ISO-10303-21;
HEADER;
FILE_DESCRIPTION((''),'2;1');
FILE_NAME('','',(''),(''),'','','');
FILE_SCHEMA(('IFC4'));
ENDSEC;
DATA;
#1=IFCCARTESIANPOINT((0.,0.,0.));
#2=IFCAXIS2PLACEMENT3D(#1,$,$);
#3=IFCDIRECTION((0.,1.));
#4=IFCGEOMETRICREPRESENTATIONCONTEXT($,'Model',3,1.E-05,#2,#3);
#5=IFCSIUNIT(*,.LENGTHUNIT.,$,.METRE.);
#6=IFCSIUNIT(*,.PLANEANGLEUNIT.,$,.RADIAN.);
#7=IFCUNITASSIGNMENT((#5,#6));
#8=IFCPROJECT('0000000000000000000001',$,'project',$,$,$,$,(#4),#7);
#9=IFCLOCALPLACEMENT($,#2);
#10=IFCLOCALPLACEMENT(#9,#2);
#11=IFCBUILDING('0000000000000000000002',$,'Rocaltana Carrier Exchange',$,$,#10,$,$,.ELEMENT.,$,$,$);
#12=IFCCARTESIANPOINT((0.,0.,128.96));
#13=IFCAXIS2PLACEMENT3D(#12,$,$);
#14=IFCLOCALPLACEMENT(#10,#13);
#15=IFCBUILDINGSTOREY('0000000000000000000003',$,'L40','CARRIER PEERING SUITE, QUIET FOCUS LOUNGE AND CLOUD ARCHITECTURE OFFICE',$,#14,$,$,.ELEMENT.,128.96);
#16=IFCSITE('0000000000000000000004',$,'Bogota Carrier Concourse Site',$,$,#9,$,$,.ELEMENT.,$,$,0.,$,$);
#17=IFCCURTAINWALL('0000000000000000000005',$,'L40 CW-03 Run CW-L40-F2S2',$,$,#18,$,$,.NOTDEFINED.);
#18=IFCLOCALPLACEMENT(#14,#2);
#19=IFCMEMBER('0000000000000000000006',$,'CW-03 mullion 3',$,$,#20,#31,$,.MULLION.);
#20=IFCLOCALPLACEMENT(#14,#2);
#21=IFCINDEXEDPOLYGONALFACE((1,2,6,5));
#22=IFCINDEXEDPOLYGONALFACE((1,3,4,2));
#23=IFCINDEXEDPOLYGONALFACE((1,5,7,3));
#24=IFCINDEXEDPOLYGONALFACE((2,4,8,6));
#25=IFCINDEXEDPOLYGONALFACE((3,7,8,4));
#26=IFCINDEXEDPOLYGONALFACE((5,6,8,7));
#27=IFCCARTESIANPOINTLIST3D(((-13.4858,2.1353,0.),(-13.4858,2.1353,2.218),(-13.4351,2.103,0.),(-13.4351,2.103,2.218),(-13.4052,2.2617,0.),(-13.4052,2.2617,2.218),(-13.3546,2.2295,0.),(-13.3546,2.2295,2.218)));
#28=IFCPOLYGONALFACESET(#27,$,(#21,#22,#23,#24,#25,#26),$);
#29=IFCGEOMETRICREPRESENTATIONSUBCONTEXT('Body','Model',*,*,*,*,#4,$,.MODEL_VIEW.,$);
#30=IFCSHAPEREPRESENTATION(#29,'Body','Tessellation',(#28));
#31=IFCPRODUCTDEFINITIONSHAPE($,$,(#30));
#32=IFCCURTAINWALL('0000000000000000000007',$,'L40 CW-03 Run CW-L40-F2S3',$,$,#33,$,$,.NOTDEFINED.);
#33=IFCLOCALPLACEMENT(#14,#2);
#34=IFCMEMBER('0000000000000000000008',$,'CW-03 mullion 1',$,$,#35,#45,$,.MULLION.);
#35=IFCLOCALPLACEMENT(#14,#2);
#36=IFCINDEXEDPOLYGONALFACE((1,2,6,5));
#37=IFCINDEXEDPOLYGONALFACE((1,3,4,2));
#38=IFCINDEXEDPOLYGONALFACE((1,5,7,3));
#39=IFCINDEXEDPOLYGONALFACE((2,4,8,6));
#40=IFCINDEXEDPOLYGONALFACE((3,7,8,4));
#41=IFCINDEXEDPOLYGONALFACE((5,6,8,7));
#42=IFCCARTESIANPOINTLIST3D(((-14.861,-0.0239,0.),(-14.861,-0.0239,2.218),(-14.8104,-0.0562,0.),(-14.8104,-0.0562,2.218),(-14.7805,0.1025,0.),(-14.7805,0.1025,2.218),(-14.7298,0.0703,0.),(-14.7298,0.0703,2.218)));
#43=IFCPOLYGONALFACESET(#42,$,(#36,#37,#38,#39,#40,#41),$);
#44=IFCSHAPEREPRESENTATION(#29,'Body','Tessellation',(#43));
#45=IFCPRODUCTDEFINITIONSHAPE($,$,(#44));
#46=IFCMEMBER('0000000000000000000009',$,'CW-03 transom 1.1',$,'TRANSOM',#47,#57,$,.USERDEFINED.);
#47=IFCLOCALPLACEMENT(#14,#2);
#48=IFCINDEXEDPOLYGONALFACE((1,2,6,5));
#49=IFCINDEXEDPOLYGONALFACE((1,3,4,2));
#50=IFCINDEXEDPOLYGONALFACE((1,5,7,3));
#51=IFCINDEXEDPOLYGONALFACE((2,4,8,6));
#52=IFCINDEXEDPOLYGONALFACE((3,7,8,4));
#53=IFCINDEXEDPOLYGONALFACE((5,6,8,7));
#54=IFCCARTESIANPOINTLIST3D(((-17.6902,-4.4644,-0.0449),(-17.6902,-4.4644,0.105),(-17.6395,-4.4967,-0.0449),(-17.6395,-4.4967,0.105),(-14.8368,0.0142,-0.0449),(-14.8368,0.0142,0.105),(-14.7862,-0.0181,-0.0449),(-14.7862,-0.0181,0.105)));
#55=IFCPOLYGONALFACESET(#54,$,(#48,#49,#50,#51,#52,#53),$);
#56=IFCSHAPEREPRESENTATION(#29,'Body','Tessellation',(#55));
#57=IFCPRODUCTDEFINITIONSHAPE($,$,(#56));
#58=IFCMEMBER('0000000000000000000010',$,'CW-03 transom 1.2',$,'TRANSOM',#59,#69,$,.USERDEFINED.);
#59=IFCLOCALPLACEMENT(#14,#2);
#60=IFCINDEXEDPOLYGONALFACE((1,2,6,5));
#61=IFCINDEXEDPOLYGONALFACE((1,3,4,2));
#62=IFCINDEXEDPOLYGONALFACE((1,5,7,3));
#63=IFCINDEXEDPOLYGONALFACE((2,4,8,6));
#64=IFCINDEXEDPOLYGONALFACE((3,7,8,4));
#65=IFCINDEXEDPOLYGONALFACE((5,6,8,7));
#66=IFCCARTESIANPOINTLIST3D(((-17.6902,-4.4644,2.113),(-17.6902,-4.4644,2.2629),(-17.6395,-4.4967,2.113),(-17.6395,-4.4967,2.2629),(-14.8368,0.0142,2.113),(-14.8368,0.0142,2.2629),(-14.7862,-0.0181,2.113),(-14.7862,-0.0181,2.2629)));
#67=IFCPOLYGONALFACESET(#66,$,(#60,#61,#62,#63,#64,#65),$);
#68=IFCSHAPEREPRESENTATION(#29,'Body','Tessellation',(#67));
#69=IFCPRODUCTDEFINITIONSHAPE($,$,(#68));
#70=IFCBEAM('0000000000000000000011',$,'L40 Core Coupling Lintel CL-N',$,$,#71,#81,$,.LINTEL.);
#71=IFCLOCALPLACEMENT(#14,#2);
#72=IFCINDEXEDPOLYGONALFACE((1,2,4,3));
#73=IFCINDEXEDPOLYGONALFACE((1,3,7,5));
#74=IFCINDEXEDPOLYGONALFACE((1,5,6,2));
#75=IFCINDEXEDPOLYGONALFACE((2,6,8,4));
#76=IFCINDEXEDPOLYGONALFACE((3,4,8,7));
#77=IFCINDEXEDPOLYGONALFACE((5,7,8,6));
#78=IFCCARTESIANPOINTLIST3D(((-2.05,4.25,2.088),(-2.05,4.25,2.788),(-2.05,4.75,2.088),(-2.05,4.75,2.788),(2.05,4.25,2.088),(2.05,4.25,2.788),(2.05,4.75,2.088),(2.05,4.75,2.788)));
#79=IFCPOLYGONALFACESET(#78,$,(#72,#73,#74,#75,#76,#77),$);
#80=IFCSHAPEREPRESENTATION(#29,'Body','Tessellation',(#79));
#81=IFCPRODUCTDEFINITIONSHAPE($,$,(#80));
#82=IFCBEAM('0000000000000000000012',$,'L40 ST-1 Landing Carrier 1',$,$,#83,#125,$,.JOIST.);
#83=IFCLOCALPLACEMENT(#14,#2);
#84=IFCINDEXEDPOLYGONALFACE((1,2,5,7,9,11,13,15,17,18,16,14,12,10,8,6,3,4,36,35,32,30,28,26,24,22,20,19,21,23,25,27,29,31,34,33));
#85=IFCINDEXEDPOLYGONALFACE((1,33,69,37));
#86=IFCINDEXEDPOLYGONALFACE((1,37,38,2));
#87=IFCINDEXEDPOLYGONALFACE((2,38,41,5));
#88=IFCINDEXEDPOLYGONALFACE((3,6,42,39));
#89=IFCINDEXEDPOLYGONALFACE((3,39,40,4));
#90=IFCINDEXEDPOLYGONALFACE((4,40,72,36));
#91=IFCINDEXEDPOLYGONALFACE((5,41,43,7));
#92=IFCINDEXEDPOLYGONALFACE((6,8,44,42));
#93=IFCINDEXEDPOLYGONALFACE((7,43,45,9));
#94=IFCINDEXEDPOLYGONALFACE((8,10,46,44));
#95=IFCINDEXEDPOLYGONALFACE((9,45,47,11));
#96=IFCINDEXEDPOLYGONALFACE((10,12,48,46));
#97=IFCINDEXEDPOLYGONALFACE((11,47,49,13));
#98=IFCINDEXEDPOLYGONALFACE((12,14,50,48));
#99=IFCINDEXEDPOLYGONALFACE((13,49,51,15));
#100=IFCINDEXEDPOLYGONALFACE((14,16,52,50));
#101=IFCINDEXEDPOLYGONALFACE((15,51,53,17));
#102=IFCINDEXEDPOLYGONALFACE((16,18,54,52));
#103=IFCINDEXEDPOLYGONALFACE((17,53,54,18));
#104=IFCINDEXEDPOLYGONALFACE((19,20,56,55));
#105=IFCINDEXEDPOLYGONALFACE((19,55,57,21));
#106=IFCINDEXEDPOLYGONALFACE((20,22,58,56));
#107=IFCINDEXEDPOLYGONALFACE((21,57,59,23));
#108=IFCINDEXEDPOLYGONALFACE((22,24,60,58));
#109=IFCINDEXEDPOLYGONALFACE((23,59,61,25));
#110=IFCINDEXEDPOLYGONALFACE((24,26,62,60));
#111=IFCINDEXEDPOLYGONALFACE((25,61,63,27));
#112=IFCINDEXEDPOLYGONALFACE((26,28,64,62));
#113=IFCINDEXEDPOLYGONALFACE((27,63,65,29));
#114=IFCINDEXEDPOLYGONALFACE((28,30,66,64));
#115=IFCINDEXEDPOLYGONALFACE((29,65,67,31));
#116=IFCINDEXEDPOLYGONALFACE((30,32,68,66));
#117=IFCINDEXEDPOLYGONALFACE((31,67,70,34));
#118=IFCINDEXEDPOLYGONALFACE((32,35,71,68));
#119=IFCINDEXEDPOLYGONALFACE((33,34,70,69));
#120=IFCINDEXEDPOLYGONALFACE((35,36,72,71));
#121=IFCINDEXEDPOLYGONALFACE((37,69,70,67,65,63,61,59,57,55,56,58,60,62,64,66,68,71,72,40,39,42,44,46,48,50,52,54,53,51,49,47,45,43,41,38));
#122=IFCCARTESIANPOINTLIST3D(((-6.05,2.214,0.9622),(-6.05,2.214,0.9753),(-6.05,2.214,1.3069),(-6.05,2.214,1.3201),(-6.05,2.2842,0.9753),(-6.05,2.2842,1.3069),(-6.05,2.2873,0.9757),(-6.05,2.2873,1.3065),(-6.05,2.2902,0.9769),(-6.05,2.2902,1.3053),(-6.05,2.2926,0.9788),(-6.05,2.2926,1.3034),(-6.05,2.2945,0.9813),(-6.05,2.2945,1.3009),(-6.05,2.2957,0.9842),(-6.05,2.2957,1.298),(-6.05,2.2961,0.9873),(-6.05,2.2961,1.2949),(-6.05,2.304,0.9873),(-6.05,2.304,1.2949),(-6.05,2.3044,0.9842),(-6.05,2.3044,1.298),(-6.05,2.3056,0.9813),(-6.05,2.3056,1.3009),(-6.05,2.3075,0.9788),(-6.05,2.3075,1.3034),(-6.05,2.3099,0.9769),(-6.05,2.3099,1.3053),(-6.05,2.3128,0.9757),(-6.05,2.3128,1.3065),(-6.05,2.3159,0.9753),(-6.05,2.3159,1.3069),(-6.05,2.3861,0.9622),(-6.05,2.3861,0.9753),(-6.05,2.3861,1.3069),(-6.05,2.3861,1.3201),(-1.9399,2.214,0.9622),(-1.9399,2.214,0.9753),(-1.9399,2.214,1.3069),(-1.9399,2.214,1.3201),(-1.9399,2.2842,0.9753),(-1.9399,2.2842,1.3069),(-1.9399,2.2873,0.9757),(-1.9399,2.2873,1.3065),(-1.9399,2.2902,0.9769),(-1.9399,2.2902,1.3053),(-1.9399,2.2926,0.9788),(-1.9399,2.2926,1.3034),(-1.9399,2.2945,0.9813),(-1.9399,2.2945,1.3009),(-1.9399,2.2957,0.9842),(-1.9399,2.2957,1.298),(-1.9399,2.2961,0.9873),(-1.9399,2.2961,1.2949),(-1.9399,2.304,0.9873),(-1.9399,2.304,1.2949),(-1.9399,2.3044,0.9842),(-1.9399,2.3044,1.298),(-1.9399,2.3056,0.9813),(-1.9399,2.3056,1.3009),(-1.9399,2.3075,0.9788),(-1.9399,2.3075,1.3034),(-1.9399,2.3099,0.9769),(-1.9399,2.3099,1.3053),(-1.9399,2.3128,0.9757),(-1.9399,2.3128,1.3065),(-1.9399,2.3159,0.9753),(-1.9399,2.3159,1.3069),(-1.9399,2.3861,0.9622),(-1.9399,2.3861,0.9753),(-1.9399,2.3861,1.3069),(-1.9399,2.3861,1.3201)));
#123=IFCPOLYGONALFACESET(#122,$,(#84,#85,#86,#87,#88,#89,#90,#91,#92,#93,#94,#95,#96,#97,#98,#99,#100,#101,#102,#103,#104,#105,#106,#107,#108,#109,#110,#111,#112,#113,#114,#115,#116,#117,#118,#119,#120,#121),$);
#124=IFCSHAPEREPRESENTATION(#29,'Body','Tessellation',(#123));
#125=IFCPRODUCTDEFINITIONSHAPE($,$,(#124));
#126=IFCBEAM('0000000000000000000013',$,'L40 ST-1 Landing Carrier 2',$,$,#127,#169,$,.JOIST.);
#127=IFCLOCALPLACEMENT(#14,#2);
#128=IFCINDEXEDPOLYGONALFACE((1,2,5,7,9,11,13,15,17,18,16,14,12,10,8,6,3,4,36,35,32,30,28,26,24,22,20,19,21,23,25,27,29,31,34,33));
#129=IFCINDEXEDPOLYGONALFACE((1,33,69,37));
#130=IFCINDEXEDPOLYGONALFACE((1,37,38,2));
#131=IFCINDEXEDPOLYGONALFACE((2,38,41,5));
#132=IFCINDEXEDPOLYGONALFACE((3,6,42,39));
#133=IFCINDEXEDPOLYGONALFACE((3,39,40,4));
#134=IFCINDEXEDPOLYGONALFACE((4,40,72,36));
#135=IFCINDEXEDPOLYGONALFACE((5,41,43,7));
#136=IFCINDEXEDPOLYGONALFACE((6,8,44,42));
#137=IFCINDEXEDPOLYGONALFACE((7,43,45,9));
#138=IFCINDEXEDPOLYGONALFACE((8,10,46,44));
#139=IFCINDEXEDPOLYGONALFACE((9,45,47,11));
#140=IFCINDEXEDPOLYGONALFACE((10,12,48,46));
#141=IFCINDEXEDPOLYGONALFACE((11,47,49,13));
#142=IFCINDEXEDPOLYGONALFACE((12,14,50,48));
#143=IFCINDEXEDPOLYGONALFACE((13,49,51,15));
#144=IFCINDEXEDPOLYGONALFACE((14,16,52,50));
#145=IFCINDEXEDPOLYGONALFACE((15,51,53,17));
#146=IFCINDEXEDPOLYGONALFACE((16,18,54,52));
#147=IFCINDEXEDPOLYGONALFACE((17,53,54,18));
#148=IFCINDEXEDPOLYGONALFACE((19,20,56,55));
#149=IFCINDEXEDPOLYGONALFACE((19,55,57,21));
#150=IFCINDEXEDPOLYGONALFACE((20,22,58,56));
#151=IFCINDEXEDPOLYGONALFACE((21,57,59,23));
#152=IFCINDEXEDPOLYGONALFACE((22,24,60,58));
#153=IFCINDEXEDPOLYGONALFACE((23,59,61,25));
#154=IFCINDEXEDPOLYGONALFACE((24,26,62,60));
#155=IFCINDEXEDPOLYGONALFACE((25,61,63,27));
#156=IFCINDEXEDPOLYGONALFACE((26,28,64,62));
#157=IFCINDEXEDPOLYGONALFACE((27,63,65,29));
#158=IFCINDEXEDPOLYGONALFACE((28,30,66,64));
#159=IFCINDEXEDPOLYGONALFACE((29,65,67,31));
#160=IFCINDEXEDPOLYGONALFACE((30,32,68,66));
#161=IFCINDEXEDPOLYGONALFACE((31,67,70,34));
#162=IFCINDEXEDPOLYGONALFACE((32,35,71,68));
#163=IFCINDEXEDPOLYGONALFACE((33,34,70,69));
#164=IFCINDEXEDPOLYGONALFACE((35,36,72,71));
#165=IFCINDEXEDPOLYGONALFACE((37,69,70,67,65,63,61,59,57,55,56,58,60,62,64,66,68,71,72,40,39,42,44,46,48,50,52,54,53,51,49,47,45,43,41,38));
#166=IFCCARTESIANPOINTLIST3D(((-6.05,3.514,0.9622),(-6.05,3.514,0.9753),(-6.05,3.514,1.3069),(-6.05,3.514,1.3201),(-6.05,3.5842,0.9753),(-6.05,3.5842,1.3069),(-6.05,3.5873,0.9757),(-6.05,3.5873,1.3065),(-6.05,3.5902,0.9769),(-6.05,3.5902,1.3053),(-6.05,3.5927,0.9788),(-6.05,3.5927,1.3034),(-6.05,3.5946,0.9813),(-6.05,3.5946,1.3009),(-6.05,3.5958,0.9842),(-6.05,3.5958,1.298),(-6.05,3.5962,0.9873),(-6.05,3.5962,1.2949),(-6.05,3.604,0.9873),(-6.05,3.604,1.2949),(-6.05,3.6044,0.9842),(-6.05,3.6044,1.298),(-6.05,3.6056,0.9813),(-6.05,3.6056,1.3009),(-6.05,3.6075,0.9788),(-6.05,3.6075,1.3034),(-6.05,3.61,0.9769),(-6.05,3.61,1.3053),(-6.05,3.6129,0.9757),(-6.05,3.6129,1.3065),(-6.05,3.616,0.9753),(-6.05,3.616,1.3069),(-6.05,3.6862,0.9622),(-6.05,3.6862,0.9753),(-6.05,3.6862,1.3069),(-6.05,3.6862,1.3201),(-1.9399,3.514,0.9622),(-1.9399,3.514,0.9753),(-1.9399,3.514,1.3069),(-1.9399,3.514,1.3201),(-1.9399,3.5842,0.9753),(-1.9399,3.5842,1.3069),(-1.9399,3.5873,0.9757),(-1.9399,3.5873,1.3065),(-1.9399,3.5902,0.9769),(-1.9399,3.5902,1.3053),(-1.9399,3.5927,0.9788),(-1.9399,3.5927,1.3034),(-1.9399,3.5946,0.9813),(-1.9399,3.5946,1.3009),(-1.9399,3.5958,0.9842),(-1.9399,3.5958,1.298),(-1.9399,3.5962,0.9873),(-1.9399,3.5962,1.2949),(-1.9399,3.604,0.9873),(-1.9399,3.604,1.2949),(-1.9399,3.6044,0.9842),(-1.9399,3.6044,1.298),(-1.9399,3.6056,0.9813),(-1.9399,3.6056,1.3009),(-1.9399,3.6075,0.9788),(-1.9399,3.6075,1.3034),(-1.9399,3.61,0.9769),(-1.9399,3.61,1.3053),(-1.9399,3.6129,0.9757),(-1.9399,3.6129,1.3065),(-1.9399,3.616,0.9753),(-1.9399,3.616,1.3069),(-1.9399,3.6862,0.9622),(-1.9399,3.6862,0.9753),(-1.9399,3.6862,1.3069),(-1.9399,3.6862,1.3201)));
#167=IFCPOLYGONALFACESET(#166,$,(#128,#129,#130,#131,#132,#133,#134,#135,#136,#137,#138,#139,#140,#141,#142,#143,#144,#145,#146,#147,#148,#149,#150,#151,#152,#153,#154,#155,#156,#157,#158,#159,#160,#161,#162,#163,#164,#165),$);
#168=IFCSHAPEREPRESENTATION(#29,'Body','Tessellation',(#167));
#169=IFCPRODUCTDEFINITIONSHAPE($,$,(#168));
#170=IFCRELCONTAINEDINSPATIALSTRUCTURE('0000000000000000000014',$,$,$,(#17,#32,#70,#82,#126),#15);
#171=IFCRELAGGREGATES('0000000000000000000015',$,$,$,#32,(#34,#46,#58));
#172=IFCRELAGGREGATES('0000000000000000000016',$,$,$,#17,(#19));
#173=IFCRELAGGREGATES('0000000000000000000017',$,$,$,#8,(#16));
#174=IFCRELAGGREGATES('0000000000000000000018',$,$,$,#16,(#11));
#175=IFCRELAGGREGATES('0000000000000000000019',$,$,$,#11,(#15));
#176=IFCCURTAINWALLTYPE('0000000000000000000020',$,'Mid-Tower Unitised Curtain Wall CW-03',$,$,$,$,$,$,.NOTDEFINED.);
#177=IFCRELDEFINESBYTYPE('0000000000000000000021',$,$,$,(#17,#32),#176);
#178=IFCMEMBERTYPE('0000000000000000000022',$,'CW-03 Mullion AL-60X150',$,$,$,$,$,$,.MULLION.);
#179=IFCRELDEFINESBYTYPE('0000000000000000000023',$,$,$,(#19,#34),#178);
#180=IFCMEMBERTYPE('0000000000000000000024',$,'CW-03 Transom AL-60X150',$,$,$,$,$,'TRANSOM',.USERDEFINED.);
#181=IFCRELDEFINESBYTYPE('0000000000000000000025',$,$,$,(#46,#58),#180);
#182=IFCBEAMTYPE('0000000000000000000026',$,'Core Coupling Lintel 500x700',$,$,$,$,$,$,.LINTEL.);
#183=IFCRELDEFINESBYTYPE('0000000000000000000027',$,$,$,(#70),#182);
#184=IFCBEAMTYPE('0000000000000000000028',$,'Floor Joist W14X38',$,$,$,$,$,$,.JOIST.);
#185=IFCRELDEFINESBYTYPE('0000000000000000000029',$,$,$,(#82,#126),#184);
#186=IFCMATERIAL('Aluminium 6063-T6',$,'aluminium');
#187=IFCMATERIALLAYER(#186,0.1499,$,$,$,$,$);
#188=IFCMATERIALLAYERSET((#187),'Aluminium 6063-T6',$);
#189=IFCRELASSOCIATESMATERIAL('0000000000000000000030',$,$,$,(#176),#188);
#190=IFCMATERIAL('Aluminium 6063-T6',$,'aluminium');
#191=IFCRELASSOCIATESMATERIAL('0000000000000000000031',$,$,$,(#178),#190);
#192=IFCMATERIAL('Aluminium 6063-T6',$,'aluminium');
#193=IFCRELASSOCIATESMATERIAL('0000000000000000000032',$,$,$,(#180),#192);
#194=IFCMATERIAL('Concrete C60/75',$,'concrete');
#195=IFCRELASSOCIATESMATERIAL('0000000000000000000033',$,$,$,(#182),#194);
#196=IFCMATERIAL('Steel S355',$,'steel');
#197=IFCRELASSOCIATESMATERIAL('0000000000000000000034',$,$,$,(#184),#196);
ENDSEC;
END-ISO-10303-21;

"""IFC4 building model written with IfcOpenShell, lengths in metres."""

from ifc_helpers import new_model, si_unit, direction, frame, origin, origin_2d, place, context, subcontext, project, spatial, rectangle, i_section, extrude, material, layer, layer_set, material_profile, profile_set, type_object, element, aggregate, save


model = new_model("IFC4")

# Units and contexts
model_context = context("Model", 3, precision=1e-05, world=origin(), true_north=direction((0.0, 1.0)))
body_context = subcontext(model_context, "Body", "Model", "MODEL_VIEW")
ifc_project = project(units=[si_unit("LENGTHUNIT", "METRE"), si_unit("PLANEANGLEUNIT", "RADIAN")], contexts=[model_context])

# Site, building, storey
site_placement = place(None, origin())
site = spatial("IfcSite", under=ifc_project, at=site_placement, Name="Bogota Carrier Concourse Site", CompositionType="ELEMENT", RefElevation=0.0)
building_placement = place(site_placement, origin())
building = spatial("IfcBuilding", under=site, at=building_placement, Name="Rocaltana Carrier Exchange", CompositionType="ELEMENT")
storey_placement = place(building_placement, frame((0.0, 0.0, 128.96)))
storey = spatial("IfcBuildingStorey", under=building, at=storey_placement, Name="L40", Description="CARRIER PEERING SUITE, QUIET FOCUS LOUNGE AND CLOUD ARCHITECTURE OFFICE", CompositionType="ELEMENT", Elevation=128.96)

# Curtain wall, member
ifc_material_1 = material(Name="Aluminium 6063-T6", Category="aluminium")
ifc_layer_1 = layer(ifc_material_1, 0.1499)
ifc_layer_set_1 = layer_set([ifc_layer_1], Name="Aluminium 6063-T6")
curtain_wall_type = type_object("IfcCurtainWallType", Name="Mid-Tower Unitised Curtain Wall CW-03", PredefinedType="NOTDEFINED", material=ifc_layer_set_1)
curtain_wall_1_placement = place(storey_placement, origin())
curtain_wall_1 = element("IfcCurtainWall", 1, at=curtain_wall_1_placement, inside=storey, type_object=curtain_wall_type, Name="L40 CW-03 Run CW-L40-F2S2", PredefinedType="NOTDEFINED")
ifc_material_2 = material(Name="Aluminium 6063-T6", Category="aluminium")
ifc_material_profile_1 = material_profile(ifc_material_2, rectangle(XDim=0.0601, YDim=0.1499, at=origin_2d()), Name="AL-60X150")
ifc_profile_set_1 = profile_set([ifc_material_profile_1], Name="Aluminium 6063-T6")
member_type_1 = type_object("IfcMemberType", Name="CW-03 Mullion AL-60X150", PredefinedType="MULLION", material=ifc_profile_set_1)
member_1_placement = place(storey_placement, frame((-13.4202, 2.1824, 0.0), z_axis=(0.0, 0.0, 1.0), x_axis=(0.843391, -0.537301, 0.0)))
member_1 = element("IfcMember", 2, at=member_1_placement, type_object=member_type_1, Name="CW-03 mullion 3", PredefinedType="MULLION", context=body_context, shape_type="SweptSolid", body=[
    extrude(rectangle(XDim=0.0601, YDim=0.1499, at=origin_2d()), origin(), (0.0, 0.0, 1.0), 2.218),
])

# Curtain wall, members
curtain_wall_2_placement = place(storey_placement, origin())
curtain_wall_2 = element("IfcCurtainWall", 3, at=curtain_wall_2_placement, inside=storey, type_object=curtain_wall_type, Name="L40 CW-03 Run CW-L40-F2S3", PredefinedType="NOTDEFINED")
member_2_placement = place(storey_placement, frame((-14.7954, 0.0232, 0.0), z_axis=(0.0, 0.0, 1.0), x_axis=(0.843391, -0.537301, 0.0)))
member_2 = element("IfcMember", 4, at=member_2_placement, type_object=member_type_1, Name="CW-03 mullion 1", PredefinedType="MULLION", context=body_context, shape_type="SweptSolid", body=[
    extrude(rectangle(XDim=0.0601, YDim=0.1499, at=origin_2d()), origin(), (0.0, 0.0, 1.0), 2.218),
])
ifc_material_3 = material(Name="Aluminium 6063-T6", Category="aluminium")
ifc_material_profile_2 = material_profile(ifc_material_3, rectangle(XDim=0.0601, YDim=0.1499, at=origin_2d()), Name="AL-60X150")
ifc_profile_set_2 = profile_set([ifc_material_profile_2], Name="Aluminium 6063-T6")
member_type_2 = type_object("IfcMemberType", Name="CW-03 Transom AL-60X150", ElementType="TRANSOM", PredefinedType="USERDEFINED", material=ifc_profile_set_2)
member_3_placement = place(storey_placement, frame((-14.8115, -0.002, 0.03), z_axis=(-0.537319, -0.843379, 0.0), x_axis=(0.843379, -0.537319, 0.0)))
member_3 = element("IfcMember", 5, at=member_3_placement, type_object=member_type_2, Name="CW-03 transom 1.1", ObjectType="TRANSOM", PredefinedType="USERDEFINED", context=body_context, shape_type="SweptSolid", body=[
    extrude(rectangle(XDim=0.0601, YDim=0.1499, at=origin_2d()), origin(), (0.0, 0.0, 1.0), 5.3103),
])
member_4_placement = place(storey_placement, frame((-14.8115, -0.002, 2.188), z_axis=(-0.537319, -0.843379, 0.0), x_axis=(0.843379, -0.537319, 0.0)))
member_4 = element("IfcMember", 6, at=member_4_placement, type_object=member_type_2, Name="CW-03 transom 1.2", ObjectType="TRANSOM", PredefinedType="USERDEFINED", context=body_context, shape_type="SweptSolid", body=[
    extrude(rectangle(XDim=0.0601, YDim=0.1499, at=origin_2d()), origin(), (0.0, 0.0, 1.0), 5.3103),
])
aggregate(curtain_wall_2, [member_2, member_3, member_4])

# Beams
ifc_material_4 = material(Name="Concrete C60/75", Category="concrete")
ifc_material_profile_3 = material_profile(ifc_material_4, rectangle(XDim=0.5, YDim=0.7, at=origin_2d()), Name="RC-BM-500X700")
ifc_profile_set_3 = profile_set([ifc_material_profile_3], Name="Concrete C60/75")
beam_type_1 = type_object("IfcBeamType", Name="Core Coupling Lintel 500x700", PredefinedType="LINTEL", material=ifc_profile_set_3)
beam_1_placement = place(storey_placement, frame((-2.05, 4.5, 2.438), z_axis=(1.0, 0.0, 0.0), x_axis=(0.0, 1.0, 0.0)))
element("IfcBeam", 7, at=beam_1_placement, inside=storey, type_object=beam_type_1, Name="L40 Core Coupling Lintel CL-N", PredefinedType="LINTEL", context=body_context, shape_type="SweptSolid", body=[
    extrude(rectangle(XDim=0.5, YDim=0.7, at=origin_2d()), origin(), (0.0, 0.0, 1.0), 4.1001),
])
ifc_material_5 = material(Name="Steel S355", Category="steel")
ifc_material_profile_4 = material_profile(ifc_material_5, i_section(OverallWidth=0.1721, OverallDepth=0.3579, WebThickness=0.0078, FlangeThickness=0.0132, FilletRadius=0.012, at=origin_2d()), Name="W14X38")
ifc_profile_set_4 = profile_set([ifc_material_profile_4], Name="Steel S355")
beam_type_2 = type_object("IfcBeamType", Name="Floor Joist W14X38", PredefinedType="JOIST", material=ifc_profile_set_4)
for number, where, z_axis, x_axis, name in (
    (8, (-6.05, 2.3, 1.1411), (1.0, 0.0, 0.0), (0.0, 1.0, 0.0), "L40 ST-1 Landing Carrier 1"),
    (9, (-6.05, 3.6001, 1.1411), (1.0, 0.0, 0.0), (0.0, 1.0, 0.0), "L40 ST-1 Landing Carrier 2"),
):
    element("IfcBeam", number, at=place(storey_placement, frame(where, z_axis=z_axis, x_axis=x_axis)), inside=storey, type_object=beam_type_2, Name=name, PredefinedType="JOIST", context=body_context, shape_type="SweptSolid", body=[
        extrude(i_section(OverallWidth=0.1721, OverallDepth=0.3579, WebThickness=0.0078, FlangeThickness=0.0132, FilletRadius=0.012, at=origin_2d()), origin(), (0.0, 0.0, 1.0), 4.1101),
    ])

aggregate(curtain_wall_1, [member_1])

save(model, "model.ifc")
